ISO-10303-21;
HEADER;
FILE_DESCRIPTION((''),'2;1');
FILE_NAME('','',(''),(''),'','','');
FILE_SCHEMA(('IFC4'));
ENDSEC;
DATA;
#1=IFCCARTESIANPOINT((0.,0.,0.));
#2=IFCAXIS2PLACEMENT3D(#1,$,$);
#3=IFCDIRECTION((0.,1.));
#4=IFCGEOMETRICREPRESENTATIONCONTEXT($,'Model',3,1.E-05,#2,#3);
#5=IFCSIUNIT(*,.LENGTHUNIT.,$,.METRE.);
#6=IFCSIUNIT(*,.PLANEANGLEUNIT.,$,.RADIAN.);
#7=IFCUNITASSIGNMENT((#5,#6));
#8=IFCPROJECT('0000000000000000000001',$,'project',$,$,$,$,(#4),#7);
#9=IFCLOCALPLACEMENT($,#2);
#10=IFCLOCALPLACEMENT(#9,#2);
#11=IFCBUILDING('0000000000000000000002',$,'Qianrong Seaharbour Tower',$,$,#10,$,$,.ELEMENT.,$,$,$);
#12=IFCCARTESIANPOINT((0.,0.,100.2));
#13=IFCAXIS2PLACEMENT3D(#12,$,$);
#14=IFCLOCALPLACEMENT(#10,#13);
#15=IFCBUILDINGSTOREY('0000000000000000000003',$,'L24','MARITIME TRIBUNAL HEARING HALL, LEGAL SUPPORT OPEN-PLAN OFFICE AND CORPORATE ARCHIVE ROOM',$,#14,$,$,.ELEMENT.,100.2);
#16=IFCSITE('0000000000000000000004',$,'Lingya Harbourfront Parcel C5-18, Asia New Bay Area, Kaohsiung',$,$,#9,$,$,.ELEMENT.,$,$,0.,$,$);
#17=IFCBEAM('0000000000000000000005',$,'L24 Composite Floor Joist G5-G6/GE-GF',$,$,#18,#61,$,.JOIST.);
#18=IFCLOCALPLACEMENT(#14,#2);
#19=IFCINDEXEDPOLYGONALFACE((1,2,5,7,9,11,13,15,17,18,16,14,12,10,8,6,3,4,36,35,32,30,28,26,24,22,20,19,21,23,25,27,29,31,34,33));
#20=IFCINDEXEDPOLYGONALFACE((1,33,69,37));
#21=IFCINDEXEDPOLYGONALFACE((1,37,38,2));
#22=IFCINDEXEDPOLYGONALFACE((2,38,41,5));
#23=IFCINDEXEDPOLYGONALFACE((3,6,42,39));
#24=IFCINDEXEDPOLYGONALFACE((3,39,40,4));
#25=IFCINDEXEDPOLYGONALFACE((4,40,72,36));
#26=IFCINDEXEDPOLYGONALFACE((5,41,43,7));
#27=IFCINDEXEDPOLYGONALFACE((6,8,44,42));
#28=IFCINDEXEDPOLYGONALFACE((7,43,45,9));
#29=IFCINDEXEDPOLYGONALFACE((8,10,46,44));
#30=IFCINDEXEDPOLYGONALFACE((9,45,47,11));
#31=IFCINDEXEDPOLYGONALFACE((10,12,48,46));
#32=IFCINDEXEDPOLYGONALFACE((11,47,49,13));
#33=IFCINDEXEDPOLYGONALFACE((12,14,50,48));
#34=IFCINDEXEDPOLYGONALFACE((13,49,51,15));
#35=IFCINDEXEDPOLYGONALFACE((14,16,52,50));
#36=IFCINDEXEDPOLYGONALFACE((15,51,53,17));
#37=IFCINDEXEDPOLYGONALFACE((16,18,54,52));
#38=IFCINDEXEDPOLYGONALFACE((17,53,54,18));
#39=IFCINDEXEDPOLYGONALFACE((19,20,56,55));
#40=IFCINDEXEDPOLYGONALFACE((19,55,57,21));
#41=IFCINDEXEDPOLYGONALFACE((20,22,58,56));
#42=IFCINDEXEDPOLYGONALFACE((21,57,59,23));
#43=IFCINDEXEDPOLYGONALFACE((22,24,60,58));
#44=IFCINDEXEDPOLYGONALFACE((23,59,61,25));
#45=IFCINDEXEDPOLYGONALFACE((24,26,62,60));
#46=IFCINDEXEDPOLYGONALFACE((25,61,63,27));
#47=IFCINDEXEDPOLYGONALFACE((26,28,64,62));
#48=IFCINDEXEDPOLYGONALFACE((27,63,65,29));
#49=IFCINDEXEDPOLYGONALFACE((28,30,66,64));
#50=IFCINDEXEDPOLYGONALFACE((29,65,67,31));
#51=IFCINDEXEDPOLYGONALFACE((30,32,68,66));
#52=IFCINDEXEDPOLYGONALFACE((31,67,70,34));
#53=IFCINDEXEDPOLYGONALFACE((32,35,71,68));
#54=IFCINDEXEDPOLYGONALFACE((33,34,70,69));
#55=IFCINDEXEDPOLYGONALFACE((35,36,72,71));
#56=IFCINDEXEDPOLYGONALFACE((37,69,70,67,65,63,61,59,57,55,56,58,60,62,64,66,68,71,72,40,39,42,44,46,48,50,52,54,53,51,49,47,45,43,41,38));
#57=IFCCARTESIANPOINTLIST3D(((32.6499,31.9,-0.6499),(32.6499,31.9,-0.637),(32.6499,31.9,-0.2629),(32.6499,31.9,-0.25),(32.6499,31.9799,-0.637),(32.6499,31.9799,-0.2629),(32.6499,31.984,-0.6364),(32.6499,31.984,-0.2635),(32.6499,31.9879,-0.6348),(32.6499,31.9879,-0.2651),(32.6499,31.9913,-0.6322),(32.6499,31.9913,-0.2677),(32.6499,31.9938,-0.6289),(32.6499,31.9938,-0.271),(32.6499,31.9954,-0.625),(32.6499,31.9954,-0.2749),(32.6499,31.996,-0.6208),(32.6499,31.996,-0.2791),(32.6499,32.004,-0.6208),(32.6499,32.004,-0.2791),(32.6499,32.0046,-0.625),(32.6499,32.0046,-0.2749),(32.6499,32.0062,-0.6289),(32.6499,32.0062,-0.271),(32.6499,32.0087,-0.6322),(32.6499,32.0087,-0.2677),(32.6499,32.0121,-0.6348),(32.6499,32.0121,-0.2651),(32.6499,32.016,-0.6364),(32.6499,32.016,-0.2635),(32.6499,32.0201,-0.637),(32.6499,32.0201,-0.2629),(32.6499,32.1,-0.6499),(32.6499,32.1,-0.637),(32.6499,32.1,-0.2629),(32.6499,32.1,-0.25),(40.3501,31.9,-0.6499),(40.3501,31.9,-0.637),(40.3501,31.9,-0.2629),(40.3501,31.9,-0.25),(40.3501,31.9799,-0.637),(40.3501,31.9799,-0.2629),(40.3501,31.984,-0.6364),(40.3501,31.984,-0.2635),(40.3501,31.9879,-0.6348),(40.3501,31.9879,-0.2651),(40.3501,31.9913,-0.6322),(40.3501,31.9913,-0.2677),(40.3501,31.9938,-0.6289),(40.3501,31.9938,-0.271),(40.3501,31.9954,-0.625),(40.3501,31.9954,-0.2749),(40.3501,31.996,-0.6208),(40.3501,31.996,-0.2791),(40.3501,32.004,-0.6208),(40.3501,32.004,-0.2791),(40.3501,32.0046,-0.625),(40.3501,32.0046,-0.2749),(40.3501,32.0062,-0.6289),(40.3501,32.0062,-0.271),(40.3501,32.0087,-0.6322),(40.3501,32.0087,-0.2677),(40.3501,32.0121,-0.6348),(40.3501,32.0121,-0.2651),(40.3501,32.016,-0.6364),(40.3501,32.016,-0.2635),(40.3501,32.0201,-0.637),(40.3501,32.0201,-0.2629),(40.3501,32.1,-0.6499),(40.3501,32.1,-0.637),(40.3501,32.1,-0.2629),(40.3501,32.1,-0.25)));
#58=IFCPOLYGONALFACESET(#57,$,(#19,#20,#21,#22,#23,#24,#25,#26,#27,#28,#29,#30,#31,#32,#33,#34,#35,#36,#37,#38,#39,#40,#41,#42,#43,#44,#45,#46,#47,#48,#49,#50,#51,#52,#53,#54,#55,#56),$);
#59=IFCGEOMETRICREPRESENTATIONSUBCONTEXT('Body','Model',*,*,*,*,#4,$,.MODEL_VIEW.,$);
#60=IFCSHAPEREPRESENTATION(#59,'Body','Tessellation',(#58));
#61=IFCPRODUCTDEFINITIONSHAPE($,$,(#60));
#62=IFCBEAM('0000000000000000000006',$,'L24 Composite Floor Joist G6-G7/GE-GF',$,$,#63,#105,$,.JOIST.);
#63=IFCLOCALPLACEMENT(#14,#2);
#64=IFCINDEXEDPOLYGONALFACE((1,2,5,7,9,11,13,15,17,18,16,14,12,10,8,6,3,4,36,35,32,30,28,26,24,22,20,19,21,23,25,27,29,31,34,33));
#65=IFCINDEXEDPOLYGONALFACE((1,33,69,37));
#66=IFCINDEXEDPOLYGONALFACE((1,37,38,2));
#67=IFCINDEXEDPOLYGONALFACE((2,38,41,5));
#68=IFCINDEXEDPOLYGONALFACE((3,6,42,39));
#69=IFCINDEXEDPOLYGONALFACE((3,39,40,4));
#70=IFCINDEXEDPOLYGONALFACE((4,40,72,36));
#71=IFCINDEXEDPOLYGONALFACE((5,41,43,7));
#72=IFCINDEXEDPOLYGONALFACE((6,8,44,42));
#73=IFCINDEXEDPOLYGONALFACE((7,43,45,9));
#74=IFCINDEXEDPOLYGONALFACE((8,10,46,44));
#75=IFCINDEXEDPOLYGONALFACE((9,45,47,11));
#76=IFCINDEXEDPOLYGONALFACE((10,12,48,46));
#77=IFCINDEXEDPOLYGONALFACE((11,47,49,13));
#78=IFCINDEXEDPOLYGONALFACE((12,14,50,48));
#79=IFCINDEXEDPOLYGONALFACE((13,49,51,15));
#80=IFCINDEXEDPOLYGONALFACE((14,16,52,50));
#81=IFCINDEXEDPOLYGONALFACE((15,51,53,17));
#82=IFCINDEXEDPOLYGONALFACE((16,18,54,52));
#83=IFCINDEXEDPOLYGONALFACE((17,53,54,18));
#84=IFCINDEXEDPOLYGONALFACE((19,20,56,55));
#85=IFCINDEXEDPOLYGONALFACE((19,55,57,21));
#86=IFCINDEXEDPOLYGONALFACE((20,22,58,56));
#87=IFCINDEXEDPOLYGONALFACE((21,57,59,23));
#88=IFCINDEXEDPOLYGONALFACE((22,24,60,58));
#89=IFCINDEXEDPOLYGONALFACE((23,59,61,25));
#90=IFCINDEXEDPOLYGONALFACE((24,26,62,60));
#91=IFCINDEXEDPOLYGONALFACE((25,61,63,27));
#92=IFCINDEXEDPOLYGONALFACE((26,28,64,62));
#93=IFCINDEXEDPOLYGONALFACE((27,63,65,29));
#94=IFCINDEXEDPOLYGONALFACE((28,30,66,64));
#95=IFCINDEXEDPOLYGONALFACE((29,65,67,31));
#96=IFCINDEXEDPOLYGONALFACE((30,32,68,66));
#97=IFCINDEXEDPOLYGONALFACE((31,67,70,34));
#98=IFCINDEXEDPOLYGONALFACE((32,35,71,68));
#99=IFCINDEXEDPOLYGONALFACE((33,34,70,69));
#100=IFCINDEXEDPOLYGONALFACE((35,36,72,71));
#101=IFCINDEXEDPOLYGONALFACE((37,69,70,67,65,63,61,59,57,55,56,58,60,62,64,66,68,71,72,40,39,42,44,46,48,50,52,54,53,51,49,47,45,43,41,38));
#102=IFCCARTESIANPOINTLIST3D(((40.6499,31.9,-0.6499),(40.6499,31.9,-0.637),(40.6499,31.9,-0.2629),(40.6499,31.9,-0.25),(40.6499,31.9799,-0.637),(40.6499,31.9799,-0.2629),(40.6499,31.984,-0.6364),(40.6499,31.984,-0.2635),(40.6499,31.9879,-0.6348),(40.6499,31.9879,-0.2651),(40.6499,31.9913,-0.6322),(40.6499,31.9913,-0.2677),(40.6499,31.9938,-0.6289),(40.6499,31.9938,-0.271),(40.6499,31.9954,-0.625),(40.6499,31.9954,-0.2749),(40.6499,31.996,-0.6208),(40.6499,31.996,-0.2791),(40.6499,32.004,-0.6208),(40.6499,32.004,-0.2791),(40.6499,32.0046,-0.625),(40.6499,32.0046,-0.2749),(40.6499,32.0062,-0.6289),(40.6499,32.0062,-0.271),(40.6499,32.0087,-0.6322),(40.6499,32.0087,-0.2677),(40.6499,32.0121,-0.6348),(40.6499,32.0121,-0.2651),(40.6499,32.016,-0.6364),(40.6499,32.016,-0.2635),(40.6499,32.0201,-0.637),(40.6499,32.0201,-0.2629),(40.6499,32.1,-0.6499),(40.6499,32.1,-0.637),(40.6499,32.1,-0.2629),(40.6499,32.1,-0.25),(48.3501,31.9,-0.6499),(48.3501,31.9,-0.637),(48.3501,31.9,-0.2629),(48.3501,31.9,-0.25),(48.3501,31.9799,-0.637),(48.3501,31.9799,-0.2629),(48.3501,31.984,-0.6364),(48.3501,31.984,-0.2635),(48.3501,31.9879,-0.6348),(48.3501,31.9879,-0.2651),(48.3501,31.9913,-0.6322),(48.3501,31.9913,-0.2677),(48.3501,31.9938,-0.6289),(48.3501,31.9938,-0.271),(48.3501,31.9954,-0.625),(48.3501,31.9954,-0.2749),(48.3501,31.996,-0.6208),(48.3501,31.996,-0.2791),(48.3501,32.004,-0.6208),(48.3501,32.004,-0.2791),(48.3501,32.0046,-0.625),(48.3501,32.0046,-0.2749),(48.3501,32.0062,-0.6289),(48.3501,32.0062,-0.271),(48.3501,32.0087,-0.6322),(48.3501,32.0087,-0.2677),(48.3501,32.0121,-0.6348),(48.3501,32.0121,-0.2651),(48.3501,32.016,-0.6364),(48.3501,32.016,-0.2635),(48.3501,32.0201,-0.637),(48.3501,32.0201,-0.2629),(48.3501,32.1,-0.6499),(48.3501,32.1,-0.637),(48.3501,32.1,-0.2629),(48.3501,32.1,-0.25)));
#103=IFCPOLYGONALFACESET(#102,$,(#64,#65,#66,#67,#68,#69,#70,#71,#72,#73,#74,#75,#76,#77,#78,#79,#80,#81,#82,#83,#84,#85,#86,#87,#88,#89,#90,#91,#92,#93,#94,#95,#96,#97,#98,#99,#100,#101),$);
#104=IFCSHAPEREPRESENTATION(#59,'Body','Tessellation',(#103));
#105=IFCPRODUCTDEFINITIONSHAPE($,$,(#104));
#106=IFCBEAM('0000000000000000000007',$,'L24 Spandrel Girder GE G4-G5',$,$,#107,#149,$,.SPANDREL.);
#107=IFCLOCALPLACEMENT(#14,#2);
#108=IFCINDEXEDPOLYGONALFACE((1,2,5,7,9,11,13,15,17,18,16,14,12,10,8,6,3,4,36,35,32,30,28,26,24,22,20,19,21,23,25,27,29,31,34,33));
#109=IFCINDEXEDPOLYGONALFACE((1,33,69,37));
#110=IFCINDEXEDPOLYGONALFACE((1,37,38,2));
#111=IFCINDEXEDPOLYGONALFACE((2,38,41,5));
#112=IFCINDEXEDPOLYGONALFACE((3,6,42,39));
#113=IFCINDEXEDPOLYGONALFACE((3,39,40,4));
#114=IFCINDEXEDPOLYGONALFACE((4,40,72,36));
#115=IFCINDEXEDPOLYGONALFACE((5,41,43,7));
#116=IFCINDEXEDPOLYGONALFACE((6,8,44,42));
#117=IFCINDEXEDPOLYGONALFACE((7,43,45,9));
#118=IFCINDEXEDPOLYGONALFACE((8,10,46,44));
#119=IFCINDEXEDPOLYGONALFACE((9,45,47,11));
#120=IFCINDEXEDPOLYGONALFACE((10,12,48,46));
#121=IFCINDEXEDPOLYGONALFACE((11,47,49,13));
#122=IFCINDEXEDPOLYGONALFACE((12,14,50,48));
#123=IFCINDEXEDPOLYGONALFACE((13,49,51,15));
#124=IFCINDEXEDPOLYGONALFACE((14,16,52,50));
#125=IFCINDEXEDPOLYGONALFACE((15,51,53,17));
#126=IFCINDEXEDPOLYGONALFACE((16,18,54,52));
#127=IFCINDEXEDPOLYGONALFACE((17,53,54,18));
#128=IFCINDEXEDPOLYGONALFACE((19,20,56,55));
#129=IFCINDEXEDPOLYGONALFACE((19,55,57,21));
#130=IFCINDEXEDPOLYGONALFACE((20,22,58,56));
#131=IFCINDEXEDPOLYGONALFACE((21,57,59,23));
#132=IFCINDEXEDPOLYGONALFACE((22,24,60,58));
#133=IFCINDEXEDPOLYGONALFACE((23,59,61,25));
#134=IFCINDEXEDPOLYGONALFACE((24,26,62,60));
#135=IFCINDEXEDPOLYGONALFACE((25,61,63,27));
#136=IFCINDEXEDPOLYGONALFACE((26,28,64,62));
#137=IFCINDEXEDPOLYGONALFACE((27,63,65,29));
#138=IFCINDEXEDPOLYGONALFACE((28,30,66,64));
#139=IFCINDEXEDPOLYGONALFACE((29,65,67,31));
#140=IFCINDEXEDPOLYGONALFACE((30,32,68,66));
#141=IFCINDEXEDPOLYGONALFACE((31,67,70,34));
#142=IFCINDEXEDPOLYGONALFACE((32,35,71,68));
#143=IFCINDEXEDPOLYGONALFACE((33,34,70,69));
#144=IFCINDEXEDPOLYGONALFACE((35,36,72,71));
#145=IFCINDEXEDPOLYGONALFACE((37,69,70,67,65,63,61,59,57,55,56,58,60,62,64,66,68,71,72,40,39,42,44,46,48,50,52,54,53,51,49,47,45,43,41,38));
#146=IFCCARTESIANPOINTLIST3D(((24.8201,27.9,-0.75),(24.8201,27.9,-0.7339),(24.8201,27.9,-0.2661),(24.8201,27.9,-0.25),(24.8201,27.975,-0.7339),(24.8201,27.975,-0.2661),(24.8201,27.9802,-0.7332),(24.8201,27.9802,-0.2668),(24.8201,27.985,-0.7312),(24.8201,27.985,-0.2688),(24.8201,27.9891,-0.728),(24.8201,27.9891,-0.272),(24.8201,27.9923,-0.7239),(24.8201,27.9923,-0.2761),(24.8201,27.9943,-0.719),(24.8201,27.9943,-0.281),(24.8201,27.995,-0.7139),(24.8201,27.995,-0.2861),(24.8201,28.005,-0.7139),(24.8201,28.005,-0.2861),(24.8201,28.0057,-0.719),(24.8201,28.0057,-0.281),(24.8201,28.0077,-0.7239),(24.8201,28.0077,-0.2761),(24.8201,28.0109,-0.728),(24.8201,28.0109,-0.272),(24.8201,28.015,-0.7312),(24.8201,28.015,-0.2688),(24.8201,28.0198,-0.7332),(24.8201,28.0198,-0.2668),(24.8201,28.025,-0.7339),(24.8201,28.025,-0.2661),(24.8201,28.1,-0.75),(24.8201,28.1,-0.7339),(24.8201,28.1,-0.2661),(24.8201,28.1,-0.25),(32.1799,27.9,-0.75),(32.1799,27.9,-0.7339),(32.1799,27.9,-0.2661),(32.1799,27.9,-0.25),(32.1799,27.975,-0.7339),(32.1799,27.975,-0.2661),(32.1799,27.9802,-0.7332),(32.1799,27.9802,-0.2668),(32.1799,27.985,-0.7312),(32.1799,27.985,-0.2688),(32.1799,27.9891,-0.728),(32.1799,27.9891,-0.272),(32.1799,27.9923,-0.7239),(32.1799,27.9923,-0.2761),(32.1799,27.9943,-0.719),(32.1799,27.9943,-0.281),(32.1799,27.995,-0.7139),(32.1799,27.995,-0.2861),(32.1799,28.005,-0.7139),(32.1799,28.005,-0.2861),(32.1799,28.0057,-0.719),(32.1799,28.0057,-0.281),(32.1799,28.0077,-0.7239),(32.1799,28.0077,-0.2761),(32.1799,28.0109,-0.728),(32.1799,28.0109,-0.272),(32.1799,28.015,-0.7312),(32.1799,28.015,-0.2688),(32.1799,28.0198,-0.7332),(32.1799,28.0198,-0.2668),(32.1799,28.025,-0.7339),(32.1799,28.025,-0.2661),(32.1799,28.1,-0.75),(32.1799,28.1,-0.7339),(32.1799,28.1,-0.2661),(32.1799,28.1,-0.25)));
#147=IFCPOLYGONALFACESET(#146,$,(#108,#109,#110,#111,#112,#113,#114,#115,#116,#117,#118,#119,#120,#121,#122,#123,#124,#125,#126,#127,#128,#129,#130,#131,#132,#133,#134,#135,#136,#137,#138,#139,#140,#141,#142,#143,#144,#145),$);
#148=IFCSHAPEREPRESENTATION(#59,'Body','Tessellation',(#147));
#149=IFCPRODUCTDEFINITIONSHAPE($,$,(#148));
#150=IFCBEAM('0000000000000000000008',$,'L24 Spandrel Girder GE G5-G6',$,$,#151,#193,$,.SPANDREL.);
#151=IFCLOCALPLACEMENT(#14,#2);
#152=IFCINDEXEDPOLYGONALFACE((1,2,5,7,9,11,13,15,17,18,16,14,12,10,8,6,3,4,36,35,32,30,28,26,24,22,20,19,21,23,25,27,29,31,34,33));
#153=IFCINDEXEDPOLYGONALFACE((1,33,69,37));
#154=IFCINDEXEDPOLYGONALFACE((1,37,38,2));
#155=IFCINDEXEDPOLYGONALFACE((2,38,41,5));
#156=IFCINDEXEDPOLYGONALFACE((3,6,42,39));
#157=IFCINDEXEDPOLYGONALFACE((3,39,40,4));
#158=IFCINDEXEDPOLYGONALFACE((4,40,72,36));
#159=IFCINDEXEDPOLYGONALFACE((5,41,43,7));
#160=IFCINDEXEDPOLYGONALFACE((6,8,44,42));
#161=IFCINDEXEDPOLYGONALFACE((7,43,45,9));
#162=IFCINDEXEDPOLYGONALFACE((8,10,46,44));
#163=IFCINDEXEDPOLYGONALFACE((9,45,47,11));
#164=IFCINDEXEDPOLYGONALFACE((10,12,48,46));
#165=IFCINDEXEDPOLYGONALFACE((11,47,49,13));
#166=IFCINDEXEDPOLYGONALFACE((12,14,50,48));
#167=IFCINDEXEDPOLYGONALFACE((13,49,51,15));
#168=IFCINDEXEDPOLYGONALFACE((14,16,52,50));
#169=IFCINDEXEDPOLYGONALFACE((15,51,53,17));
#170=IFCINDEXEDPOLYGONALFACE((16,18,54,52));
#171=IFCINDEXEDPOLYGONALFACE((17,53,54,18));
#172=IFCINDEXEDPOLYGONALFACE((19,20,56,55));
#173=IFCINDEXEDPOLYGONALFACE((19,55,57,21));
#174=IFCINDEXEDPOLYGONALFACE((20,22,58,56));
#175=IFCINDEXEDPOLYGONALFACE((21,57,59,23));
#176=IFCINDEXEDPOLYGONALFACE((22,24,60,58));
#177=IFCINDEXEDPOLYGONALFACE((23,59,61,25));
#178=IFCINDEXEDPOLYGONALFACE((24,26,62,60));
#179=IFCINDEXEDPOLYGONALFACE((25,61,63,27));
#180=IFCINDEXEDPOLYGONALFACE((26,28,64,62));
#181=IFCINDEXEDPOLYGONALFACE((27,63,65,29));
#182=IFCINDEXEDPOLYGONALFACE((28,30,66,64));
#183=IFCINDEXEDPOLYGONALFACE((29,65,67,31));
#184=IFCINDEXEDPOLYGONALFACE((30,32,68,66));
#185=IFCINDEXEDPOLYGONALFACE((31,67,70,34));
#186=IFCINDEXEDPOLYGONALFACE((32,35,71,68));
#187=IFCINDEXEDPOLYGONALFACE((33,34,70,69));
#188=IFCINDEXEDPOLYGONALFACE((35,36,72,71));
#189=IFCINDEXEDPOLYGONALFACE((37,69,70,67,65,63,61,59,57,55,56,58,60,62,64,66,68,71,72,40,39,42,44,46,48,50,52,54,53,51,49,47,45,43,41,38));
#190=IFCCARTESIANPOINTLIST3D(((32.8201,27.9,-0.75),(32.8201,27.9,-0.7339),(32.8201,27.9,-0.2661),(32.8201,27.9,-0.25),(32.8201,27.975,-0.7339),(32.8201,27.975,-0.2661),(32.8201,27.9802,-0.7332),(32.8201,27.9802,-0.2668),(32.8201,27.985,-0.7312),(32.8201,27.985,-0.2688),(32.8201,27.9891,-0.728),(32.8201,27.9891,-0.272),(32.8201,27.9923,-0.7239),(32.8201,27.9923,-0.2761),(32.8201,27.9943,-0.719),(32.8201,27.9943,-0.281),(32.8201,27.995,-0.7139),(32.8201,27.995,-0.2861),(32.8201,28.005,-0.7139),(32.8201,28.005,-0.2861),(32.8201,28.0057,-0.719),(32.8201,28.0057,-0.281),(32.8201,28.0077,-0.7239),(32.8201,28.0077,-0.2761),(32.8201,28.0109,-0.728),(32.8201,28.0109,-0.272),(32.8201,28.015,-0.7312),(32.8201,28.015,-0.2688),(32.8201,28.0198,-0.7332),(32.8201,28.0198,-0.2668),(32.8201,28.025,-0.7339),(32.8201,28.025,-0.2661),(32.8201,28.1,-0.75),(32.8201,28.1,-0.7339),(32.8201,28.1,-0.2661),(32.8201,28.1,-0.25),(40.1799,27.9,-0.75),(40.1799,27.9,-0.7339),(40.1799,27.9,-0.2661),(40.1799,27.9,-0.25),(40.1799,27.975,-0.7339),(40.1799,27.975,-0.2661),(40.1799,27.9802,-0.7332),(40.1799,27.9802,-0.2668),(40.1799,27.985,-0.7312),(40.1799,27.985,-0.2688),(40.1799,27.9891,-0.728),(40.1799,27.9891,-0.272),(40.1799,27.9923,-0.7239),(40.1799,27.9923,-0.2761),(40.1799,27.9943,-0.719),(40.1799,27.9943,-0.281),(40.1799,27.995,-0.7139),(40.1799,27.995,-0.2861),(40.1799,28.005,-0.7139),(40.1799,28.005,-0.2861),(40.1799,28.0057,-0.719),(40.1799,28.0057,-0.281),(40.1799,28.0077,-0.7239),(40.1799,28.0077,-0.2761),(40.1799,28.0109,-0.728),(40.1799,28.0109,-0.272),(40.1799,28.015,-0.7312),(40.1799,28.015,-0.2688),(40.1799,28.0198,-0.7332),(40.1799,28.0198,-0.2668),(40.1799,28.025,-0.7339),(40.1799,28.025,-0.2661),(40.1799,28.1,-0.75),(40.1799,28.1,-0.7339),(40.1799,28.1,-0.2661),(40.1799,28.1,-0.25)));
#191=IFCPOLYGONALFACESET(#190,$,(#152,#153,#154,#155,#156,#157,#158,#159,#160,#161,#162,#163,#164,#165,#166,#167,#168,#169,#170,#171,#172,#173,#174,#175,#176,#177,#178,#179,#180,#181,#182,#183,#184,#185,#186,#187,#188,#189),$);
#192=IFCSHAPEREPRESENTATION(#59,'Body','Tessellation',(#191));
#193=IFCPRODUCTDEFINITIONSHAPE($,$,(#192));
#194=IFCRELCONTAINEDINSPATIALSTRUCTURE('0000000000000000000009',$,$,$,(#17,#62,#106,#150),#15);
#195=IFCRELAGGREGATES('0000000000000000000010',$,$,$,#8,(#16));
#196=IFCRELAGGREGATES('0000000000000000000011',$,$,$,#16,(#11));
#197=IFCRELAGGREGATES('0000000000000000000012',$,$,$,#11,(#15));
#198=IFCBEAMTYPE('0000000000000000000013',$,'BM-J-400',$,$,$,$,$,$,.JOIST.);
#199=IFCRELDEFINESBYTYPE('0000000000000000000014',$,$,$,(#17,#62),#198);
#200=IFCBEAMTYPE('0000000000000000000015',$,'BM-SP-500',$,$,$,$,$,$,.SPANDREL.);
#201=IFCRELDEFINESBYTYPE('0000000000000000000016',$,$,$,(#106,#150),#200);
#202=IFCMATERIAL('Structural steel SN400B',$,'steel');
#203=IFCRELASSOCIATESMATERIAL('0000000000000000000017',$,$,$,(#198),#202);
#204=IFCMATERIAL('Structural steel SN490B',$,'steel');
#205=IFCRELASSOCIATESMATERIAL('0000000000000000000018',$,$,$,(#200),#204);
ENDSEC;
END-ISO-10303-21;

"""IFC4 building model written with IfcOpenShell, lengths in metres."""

from ifc_helpers import new_model, si_unit, direction, frame, origin, origin_2d, place, context, subcontext, project, spatial, i_section, extrude, material, material_profile, profile_set, type_object, element, save


model = new_model("IFC4")

# Units and contexts
model_context = context("Model", 3, precision=1e-05, world=origin(), true_north=direction((0.0, 1.0)))
body_context = subcontext(model_context, "Body", "Model", "MODEL_VIEW")
ifc_project = project(units=[si_unit("LENGTHUNIT", "METRE"), si_unit("PLANEANGLEUNIT", "RADIAN")], contexts=[model_context])

# Site, building, storey
site_placement = place(None, origin())
site = spatial("IfcSite", under=ifc_project, at=site_placement, Name="Lingya Harbourfront Parcel C5-18, Asia New Bay Area, Kaohsiung", CompositionType="ELEMENT", RefElevation=0.0)
building_placement = place(site_placement, origin())
building = spatial("IfcBuilding", under=site, at=building_placement, Name="Qianrong Seaharbour Tower", CompositionType="ELEMENT")
storey_placement = place(building_placement, frame((0.0, 0.0, 100.2)))
storey = spatial("IfcBuildingStorey", under=building, at=storey_placement, Name="L24", Description="MARITIME TRIBUNAL HEARING HALL, LEGAL SUPPORT OPEN-PLAN OFFICE AND CORPORATE ARCHIVE ROOM", CompositionType="ELEMENT", Elevation=100.2)

# Shared definitions
ifc_material_1 = material(Name="Structural steel SN490B", Category="steel")

# Beams
ifc_material_2 = material(Name="Structural steel SN400B", Category="steel")
ifc_material_profile_1 = material_profile(ifc_material_2, i_section(OverallWidth=0.2, OverallDepth=0.3999, WebThickness=0.0081, FlangeThickness=0.0129, FilletRadius=0.0161, at=origin_2d()), Name="H400x200x8x13")
ifc_profile_set_1 = profile_set([ifc_material_profile_1], Name="Structural steel SN400B")
beam_type_1 = type_object("IfcBeamType", Name="BM-J-400", PredefinedType="JOIST", material=ifc_profile_set_1)
for number, where, z_axis, x_axis, name in (
    (1, (32.6499, 32.0, -0.45), (1.0, 0.0, 0.0), (0.0, 1.0, 0.0), "L24 Composite Floor Joist G5-G6/GE-GF"),
    (2, (40.6499, 32.0, -0.45), (1.0, 0.0, 0.0), (0.0, 1.0, 0.0), "L24 Composite Floor Joist G6-G7/GE-GF"),
):
    element("IfcBeam", number, at=place(storey_placement, frame(where, z_axis=z_axis, x_axis=x_axis)), inside=storey, type_object=beam_type_1, Name=name, PredefinedType="JOIST", context=body_context, shape_type="SweptSolid", body=[
        extrude(i_section(OverallWidth=0.2, OverallDepth=0.3999, WebThickness=0.0081, FlangeThickness=0.0129, FilletRadius=0.0161, at=origin_2d()), origin(), (0.0, 0.0, 1.0), 7.7002),
    ])
ifc_material_profile_2 = material_profile(ifc_material_1, i_section(OverallWidth=0.2, OverallDepth=0.5, WebThickness=0.01, FlangeThickness=0.0161, FilletRadius=0.02, at=origin_2d()), Name="H500x200x10x16")
ifc_profile_set_2 = profile_set([ifc_material_profile_2], Name="Structural steel SN490B")
beam_type_2 = type_object("IfcBeamType", Name="BM-SP-500", PredefinedType="SPANDREL", material=ifc_profile_set_2)
for number, where, z_axis, x_axis, name in (
    (3, (24.8201, 28.0, -0.5), (1.0, 0.0, 0.0), (0.0, 1.0, 0.0), "L24 Spandrel Girder GE G4-G5"),
    (4, (32.8201, 28.0, -0.5), (1.0, 0.0, 0.0), (0.0, 1.0, 0.0), "L24 Spandrel Girder GE G5-G6"),
):
    element("IfcBeam", number, at=place(storey_placement, frame(where, z_axis=z_axis, x_axis=x_axis)), inside=storey, type_object=beam_type_2, Name=name, PredefinedType="SPANDREL", context=body_context, shape_type="SweptSolid", body=[
        extrude(i_section(OverallWidth=0.2, OverallDepth=0.5, WebThickness=0.01, FlangeThickness=0.0161, FilletRadius=0.02, at=origin_2d()), origin(), (0.0, 0.0, 1.0), 7.3599),
    ])

save(model, "model.ifc")
